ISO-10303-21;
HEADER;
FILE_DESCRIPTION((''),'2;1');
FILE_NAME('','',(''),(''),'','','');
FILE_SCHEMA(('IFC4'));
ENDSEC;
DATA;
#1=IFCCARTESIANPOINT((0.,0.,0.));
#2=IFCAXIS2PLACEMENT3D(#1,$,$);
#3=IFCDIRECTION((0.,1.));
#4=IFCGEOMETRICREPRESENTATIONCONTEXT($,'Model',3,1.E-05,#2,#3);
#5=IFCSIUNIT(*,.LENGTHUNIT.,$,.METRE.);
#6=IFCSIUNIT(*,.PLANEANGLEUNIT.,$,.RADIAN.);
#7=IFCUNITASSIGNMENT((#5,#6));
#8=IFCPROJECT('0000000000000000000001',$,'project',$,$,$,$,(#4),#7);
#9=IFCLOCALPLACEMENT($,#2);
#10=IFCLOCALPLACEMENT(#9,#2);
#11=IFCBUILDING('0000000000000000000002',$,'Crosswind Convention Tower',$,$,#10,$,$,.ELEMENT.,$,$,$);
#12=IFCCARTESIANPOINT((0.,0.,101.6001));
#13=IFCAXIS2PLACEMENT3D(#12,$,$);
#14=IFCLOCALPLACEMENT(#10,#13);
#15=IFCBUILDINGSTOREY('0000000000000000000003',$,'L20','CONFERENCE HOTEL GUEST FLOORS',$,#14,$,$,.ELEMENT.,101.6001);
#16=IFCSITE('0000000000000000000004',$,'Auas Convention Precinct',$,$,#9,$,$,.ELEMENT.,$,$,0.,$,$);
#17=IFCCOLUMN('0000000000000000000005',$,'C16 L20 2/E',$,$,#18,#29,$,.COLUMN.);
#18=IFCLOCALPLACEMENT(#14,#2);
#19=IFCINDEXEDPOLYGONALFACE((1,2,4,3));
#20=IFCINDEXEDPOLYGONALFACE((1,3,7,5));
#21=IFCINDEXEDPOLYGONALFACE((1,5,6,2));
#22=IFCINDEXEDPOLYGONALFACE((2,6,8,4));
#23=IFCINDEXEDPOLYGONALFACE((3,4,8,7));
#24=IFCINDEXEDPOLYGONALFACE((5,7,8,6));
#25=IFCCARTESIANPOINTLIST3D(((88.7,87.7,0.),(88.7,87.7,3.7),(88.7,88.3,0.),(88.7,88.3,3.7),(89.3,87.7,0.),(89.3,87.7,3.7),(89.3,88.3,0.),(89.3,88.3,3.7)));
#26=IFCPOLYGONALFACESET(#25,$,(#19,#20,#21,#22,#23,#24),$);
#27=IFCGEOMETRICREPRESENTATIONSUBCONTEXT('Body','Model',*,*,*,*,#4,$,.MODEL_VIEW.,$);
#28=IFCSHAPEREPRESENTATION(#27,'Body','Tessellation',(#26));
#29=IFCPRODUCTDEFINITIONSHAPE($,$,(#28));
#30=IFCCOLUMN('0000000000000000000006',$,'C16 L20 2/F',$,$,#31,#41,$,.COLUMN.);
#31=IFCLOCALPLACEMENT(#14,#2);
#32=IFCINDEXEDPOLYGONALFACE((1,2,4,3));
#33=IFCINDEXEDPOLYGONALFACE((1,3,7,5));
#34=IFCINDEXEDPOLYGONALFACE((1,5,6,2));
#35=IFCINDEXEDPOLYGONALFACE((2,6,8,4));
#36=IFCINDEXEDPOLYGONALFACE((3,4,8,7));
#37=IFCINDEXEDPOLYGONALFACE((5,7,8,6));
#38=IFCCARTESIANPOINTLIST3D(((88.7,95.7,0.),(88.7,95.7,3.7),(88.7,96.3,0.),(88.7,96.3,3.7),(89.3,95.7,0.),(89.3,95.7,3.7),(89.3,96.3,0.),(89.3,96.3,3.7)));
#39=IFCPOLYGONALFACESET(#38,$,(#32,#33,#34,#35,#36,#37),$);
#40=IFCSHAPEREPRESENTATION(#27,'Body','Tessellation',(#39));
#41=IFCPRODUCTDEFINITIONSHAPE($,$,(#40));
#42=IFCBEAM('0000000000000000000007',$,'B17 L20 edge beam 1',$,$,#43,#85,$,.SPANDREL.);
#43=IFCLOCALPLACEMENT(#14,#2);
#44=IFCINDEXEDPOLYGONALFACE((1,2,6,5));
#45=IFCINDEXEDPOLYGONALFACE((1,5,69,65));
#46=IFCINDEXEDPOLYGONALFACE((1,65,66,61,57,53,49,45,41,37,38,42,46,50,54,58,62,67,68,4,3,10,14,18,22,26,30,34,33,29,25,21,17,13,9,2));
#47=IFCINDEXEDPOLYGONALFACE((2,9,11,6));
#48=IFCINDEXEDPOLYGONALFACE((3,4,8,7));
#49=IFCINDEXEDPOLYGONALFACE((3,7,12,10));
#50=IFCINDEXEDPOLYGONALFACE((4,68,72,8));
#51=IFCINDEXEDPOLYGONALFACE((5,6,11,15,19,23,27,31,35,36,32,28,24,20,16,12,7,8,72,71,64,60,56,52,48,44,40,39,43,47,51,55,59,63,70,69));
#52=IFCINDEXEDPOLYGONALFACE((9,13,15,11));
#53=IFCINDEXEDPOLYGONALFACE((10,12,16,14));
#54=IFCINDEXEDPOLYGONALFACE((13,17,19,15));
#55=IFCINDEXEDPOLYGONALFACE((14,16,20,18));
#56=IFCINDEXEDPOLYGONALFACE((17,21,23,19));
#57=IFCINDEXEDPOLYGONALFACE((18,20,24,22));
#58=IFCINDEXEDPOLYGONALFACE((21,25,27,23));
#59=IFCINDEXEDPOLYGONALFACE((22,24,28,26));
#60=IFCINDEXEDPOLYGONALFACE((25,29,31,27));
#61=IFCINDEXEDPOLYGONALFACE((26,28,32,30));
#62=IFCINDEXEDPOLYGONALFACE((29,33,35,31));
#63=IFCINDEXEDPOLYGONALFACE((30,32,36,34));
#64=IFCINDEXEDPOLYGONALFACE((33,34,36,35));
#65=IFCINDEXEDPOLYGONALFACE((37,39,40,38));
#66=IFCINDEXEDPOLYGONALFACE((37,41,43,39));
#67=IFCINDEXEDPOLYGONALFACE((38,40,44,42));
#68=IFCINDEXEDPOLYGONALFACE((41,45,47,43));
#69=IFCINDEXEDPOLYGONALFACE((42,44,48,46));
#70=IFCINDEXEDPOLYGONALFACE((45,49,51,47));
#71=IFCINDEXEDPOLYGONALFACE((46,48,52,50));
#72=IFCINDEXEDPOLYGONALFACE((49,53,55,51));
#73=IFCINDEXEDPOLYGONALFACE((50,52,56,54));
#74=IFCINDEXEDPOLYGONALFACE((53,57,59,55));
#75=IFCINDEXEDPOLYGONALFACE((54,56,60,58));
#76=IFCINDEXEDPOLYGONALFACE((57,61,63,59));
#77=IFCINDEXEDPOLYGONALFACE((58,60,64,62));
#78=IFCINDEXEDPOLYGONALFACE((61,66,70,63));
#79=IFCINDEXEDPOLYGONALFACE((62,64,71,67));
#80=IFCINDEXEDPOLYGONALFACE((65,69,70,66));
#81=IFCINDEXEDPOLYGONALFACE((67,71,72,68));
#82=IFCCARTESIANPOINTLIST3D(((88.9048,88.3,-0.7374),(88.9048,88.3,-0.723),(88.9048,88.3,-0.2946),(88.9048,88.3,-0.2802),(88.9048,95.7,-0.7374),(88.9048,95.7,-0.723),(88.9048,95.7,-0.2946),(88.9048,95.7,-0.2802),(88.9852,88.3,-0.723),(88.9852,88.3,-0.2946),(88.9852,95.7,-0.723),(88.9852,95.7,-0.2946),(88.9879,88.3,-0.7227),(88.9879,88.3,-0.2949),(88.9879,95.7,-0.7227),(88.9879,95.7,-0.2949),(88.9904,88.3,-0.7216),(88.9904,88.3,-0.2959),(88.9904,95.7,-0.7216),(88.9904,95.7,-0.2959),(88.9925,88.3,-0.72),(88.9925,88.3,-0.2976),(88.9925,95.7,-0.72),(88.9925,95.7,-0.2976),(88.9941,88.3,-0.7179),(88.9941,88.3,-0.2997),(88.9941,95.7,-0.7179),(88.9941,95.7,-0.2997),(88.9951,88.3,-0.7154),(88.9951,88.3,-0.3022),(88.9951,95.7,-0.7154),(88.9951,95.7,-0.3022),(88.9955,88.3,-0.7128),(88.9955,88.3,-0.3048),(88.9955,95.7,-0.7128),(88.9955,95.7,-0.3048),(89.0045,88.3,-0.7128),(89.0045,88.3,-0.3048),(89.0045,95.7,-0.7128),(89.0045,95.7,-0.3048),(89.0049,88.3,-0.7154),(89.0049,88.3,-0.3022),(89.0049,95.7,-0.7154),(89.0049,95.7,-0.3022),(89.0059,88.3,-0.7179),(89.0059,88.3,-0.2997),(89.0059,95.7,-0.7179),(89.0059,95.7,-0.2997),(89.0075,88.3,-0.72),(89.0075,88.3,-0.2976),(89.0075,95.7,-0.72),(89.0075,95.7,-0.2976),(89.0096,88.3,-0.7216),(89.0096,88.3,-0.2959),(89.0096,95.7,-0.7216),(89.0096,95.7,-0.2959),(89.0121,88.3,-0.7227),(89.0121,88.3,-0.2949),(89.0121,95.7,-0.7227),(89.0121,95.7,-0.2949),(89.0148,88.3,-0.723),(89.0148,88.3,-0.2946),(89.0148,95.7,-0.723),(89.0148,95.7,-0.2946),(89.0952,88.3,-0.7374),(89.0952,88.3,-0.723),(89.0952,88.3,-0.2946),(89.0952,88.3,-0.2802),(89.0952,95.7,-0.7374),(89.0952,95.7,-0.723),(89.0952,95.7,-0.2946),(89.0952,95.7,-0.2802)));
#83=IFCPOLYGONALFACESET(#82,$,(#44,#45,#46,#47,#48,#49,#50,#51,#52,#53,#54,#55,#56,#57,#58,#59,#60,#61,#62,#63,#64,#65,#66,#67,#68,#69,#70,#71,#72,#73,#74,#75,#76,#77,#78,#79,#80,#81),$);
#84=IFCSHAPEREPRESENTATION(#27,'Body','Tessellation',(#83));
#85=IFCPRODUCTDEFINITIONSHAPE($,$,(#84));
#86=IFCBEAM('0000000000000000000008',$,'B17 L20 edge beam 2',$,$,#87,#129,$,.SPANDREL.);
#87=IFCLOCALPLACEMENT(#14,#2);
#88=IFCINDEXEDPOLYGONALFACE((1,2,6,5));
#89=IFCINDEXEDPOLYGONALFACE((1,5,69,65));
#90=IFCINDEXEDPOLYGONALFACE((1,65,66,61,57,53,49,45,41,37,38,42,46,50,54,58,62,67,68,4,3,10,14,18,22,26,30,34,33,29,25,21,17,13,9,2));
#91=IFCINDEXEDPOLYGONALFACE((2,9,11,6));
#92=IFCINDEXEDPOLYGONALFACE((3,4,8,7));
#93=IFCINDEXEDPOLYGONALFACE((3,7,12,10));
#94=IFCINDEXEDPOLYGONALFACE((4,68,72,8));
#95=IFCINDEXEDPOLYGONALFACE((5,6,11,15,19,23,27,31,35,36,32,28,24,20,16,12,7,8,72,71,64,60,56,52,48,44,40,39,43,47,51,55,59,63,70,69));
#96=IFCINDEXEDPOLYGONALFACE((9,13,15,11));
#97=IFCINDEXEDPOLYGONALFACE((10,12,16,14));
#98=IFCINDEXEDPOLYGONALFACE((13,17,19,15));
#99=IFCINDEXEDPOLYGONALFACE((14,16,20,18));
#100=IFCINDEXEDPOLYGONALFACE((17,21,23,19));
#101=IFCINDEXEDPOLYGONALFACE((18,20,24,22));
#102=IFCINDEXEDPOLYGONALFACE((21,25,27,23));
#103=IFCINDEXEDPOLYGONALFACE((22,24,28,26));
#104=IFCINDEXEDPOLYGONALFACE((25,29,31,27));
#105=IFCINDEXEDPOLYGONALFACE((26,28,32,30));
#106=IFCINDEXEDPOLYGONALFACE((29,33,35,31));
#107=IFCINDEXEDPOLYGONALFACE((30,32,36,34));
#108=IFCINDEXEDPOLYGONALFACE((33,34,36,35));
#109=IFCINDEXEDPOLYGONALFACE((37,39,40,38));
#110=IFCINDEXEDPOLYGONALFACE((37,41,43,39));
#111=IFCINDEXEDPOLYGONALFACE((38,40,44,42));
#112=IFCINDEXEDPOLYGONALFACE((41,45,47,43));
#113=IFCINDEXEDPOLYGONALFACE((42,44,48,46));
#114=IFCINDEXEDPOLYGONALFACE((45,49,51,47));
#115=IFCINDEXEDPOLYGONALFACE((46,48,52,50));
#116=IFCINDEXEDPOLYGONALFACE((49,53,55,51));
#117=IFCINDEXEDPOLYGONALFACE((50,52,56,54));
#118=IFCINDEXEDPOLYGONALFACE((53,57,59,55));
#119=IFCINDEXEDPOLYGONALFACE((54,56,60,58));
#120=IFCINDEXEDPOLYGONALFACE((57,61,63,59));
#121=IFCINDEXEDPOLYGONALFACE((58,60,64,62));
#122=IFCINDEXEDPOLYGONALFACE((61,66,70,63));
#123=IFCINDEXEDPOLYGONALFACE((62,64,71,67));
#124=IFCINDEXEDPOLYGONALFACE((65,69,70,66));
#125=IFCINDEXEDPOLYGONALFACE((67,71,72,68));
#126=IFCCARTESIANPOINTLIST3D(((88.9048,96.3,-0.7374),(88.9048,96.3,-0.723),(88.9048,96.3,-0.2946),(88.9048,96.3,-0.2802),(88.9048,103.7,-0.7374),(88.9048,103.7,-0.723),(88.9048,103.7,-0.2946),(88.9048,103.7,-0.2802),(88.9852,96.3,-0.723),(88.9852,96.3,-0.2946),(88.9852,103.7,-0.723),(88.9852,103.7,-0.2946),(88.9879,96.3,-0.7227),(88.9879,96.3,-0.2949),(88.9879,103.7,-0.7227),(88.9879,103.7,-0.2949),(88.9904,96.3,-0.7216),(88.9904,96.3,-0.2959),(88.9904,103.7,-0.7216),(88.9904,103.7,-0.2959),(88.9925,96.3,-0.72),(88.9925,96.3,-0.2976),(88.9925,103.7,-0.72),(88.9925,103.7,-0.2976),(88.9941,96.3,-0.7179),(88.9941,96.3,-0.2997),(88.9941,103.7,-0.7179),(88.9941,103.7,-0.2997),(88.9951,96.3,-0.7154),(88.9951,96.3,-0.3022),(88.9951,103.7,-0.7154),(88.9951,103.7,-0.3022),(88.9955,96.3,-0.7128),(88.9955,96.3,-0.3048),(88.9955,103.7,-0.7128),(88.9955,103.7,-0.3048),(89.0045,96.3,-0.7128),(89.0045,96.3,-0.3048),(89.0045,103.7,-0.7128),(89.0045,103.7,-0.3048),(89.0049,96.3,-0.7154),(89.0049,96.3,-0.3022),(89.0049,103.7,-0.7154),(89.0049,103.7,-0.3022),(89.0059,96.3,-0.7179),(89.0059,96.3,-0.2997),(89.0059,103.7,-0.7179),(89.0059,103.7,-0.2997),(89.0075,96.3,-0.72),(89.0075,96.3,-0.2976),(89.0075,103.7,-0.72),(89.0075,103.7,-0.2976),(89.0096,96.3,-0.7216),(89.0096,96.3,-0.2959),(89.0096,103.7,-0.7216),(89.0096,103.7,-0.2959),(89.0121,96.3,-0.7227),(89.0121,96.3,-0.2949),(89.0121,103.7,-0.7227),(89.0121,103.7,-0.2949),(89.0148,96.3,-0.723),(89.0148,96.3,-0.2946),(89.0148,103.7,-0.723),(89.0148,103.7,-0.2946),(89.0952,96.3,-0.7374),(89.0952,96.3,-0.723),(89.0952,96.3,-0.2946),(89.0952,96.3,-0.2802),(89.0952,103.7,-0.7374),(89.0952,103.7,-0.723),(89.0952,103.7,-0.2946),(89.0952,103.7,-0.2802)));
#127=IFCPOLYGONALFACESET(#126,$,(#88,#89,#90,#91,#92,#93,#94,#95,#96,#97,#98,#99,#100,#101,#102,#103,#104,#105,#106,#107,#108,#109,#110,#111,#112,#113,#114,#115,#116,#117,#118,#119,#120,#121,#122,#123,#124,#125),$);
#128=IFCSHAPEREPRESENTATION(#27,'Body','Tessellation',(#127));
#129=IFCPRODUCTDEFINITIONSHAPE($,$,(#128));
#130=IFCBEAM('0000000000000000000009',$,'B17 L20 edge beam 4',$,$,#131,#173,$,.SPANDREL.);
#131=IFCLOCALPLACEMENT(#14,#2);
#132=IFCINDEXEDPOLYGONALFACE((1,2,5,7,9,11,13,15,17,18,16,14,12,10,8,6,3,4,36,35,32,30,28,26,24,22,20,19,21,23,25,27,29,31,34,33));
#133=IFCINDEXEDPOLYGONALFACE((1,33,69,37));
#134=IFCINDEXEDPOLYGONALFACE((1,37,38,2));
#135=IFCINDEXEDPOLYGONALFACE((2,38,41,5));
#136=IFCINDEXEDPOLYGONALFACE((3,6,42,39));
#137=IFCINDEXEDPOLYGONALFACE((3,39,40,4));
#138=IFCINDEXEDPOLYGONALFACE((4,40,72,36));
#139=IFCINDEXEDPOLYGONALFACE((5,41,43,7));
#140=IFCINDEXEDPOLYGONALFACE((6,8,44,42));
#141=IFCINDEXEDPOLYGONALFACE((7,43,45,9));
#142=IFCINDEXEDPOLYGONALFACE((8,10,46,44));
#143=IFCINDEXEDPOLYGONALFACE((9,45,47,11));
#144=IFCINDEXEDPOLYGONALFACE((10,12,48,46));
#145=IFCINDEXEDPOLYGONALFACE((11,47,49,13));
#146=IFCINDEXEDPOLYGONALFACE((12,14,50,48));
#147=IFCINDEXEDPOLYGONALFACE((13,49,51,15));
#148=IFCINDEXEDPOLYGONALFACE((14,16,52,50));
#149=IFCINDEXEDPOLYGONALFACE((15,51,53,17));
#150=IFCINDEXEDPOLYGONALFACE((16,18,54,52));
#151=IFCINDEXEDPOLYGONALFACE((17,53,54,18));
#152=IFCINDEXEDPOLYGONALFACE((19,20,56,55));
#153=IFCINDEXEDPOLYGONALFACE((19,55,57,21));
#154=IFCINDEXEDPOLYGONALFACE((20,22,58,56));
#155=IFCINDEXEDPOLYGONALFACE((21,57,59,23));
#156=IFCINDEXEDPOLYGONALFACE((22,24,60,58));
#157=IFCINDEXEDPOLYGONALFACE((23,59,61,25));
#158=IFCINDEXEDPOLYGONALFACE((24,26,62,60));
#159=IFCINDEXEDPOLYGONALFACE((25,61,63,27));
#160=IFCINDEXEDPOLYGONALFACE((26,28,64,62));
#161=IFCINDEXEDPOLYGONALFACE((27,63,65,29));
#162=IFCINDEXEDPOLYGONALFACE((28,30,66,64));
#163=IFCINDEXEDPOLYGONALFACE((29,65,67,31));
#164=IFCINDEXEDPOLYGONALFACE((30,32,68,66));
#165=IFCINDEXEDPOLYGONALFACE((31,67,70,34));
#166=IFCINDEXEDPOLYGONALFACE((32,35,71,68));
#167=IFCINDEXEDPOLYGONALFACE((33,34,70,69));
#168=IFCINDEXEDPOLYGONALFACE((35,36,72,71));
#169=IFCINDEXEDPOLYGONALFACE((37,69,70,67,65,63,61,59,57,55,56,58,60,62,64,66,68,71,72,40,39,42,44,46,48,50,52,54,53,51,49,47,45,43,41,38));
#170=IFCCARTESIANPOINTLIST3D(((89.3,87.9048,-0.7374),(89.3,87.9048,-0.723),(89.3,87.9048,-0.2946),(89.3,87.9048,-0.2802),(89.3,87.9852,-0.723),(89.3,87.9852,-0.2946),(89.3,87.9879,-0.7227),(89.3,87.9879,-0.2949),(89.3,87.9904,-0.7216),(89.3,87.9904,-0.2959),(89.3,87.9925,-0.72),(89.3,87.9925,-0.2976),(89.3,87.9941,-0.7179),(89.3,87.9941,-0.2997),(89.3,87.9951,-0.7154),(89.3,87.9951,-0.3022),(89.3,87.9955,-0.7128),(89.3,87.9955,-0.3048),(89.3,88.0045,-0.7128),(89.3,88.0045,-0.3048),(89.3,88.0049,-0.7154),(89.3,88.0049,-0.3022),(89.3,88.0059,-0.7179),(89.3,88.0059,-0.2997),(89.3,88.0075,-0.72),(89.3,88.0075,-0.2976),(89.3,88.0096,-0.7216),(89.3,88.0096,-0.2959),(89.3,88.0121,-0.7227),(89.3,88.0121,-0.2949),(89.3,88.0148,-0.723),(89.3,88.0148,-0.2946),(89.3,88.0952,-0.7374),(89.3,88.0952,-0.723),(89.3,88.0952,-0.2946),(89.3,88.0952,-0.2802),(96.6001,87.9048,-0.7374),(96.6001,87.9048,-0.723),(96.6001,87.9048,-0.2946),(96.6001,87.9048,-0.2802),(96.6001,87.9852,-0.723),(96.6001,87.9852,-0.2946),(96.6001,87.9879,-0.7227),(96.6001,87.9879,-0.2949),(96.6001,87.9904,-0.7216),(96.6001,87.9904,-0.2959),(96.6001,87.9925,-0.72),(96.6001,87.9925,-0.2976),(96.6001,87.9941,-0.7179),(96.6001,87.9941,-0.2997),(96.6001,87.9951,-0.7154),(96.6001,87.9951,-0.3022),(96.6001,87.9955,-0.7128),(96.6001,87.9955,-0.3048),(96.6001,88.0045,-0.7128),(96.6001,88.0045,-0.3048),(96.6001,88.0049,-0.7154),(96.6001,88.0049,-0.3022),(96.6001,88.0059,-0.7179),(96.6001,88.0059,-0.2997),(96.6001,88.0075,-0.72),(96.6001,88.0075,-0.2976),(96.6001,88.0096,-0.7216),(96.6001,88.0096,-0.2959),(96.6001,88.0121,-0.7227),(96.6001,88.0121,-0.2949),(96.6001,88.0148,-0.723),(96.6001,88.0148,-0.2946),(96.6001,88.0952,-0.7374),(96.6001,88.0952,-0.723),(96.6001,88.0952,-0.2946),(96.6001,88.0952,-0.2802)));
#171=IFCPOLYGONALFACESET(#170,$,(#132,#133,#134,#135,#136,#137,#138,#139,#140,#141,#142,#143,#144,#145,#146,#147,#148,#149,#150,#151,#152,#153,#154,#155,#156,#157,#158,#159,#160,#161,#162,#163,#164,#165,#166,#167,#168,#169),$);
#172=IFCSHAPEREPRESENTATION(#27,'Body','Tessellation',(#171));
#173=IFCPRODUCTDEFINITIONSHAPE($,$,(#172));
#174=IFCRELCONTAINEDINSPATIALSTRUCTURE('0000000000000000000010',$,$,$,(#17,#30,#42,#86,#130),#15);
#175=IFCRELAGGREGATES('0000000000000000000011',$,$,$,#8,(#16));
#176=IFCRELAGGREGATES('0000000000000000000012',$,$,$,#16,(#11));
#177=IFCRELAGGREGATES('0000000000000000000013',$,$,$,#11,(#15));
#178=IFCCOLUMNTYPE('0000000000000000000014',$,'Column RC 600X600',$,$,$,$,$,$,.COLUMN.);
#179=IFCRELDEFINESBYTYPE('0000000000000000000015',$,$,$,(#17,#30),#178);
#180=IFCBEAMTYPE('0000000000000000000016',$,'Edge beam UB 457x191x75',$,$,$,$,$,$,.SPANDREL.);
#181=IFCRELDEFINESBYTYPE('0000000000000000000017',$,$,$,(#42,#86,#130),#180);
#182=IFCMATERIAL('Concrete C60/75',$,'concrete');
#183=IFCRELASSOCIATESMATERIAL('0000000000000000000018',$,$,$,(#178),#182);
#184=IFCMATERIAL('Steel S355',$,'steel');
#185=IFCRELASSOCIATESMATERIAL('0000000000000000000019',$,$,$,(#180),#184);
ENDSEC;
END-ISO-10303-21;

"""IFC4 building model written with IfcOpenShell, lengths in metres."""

from ifc_helpers import new_model, si_unit, direction, frame, origin, origin_2d, place, context, subcontext, project, spatial, rectangle, i_section, extrude, material, material_profile, profile_set, type_object, element, save


model = new_model("IFC4")

# Units and contexts
model_context = context("Model", 3, precision=1e-05, world=origin(), true_north=direction((0.0, 1.0)))
body_context = subcontext(model_context, "Body", "Model", "MODEL_VIEW")
ifc_project = project(units=[si_unit("LENGTHUNIT", "METRE"), si_unit("PLANEANGLEUNIT", "RADIAN")], contexts=[model_context])

# Site, building, storey
site_placement = place(None, origin())
site = spatial("IfcSite", under=ifc_project, at=site_placement, Name="Auas Convention Precinct", CompositionType="ELEMENT", RefElevation=0.0)
building_placement = place(site_placement, origin())
building = spatial("IfcBuilding", under=site, at=building_placement, Name="Crosswind Convention Tower", CompositionType="ELEMENT")
storey_placement = place(building_placement, frame((0.0, 0.0, 101.6001)))
storey = spatial("IfcBuildingStorey", under=building, at=storey_placement, Name="L20", Description="CONFERENCE HOTEL GUEST FLOORS", CompositionType="ELEMENT", Elevation=101.6001)

# Columns
ifc_material_1 = material(Name="Concrete C60/75", Category="concrete")
ifc_material_profile_1 = material_profile(ifc_material_1, rectangle(XDim=0.6001, YDim=0.6001, at=origin_2d()), Name="RC 600X600")
ifc_profile_set_1 = profile_set([ifc_material_profile_1], Name="Concrete C60/75")
column_type = type_object("IfcColumnType", Name="Column RC 600X600", PredefinedType="COLUMN", material=ifc_profile_set_1)
for number, where, z_axis, x_axis, name in (
    (1, (89.0, 88.0, 0.0), (0.0, 0.0, 1.0), (1.0, 0.0, 0.0), "C16 L20 2/E"),
    (2, (89.0, 96.0, 0.0), (0.0, 0.0, 1.0), (1.0, 0.0, 0.0), "C16 L20 2/F"),
):
    element("IfcColumn", number, at=place(storey_placement, frame(where, z_axis=z_axis, x_axis=x_axis)), inside=storey, type_object=column_type, Name=name, PredefinedType="COLUMN", context=body_context, shape_type="SweptSolid", body=[
        extrude(rectangle(XDim=0.6001, YDim=0.6001, at=origin_2d()), origin(), (0.0, 0.0, 1.0), 3.7),
    ])

# Beams
ifc_material_2 = material(Name="Steel S355", Category="steel")
ifc_material_profile_2 = material_profile(ifc_material_2, i_section(OverallWidth=0.1904, OverallDepth=0.4573, WebThickness=0.009, FlangeThickness=0.0144, FilletRadius=0.0103, at=origin_2d()), Name="UB 457x191x75")
ifc_profile_set_2 = profile_set([ifc_material_profile_2], Name="Steel S355")
beam_type_1 = type_object("IfcBeamType", Name="Edge beam UB 457x191x75", PredefinedType="SPANDREL", material=ifc_profile_set_2)
for number, where, z_axis, x_axis, name in (
    (3, (89.0, 88.3, -0.5088), (0.0, 1.0, 0.0), (-1.0, 0.0, 0.0), "B17 L20 edge beam 1"),
    (4, (89.0, 96.3, -0.5088), (0.0, 1.0, 0.0), (-1.0, 0.0, 0.0), "B17 L20 edge beam 2"),
):
    element("IfcBeam", number, at=place(storey_placement, frame(where, z_axis=z_axis, x_axis=x_axis)), inside=storey, type_object=beam_type_1, Name=name, PredefinedType="SPANDREL", context=body_context, shape_type="SweptSolid", body=[
        extrude(i_section(OverallWidth=0.1904, OverallDepth=0.4573, WebThickness=0.009, FlangeThickness=0.0144, FilletRadius=0.0103, at=origin_2d()), origin(), (0.0, 0.0, 1.0), 7.3999),
    ])
beam_1_placement = place(storey_placement, frame((89.3, 88.0, -0.5088), z_axis=(1.0, 0.0, 0.0), x_axis=(0.0, 1.0, 0.0)))
element("IfcBeam", 5, at=beam_1_placement, inside=storey, type_object=beam_type_1, Name="B17 L20 edge beam 4", PredefinedType="SPANDREL", context=body_context, shape_type="SweptSolid", body=[
    extrude(i_section(OverallWidth=0.1904, OverallDepth=0.4573, WebThickness=0.009, FlangeThickness=0.0144, FilletRadius=0.0103, at=origin_2d()), origin(), (0.0, 0.0, 1.0), 7.3),
])

save(model, "model.ifc")
